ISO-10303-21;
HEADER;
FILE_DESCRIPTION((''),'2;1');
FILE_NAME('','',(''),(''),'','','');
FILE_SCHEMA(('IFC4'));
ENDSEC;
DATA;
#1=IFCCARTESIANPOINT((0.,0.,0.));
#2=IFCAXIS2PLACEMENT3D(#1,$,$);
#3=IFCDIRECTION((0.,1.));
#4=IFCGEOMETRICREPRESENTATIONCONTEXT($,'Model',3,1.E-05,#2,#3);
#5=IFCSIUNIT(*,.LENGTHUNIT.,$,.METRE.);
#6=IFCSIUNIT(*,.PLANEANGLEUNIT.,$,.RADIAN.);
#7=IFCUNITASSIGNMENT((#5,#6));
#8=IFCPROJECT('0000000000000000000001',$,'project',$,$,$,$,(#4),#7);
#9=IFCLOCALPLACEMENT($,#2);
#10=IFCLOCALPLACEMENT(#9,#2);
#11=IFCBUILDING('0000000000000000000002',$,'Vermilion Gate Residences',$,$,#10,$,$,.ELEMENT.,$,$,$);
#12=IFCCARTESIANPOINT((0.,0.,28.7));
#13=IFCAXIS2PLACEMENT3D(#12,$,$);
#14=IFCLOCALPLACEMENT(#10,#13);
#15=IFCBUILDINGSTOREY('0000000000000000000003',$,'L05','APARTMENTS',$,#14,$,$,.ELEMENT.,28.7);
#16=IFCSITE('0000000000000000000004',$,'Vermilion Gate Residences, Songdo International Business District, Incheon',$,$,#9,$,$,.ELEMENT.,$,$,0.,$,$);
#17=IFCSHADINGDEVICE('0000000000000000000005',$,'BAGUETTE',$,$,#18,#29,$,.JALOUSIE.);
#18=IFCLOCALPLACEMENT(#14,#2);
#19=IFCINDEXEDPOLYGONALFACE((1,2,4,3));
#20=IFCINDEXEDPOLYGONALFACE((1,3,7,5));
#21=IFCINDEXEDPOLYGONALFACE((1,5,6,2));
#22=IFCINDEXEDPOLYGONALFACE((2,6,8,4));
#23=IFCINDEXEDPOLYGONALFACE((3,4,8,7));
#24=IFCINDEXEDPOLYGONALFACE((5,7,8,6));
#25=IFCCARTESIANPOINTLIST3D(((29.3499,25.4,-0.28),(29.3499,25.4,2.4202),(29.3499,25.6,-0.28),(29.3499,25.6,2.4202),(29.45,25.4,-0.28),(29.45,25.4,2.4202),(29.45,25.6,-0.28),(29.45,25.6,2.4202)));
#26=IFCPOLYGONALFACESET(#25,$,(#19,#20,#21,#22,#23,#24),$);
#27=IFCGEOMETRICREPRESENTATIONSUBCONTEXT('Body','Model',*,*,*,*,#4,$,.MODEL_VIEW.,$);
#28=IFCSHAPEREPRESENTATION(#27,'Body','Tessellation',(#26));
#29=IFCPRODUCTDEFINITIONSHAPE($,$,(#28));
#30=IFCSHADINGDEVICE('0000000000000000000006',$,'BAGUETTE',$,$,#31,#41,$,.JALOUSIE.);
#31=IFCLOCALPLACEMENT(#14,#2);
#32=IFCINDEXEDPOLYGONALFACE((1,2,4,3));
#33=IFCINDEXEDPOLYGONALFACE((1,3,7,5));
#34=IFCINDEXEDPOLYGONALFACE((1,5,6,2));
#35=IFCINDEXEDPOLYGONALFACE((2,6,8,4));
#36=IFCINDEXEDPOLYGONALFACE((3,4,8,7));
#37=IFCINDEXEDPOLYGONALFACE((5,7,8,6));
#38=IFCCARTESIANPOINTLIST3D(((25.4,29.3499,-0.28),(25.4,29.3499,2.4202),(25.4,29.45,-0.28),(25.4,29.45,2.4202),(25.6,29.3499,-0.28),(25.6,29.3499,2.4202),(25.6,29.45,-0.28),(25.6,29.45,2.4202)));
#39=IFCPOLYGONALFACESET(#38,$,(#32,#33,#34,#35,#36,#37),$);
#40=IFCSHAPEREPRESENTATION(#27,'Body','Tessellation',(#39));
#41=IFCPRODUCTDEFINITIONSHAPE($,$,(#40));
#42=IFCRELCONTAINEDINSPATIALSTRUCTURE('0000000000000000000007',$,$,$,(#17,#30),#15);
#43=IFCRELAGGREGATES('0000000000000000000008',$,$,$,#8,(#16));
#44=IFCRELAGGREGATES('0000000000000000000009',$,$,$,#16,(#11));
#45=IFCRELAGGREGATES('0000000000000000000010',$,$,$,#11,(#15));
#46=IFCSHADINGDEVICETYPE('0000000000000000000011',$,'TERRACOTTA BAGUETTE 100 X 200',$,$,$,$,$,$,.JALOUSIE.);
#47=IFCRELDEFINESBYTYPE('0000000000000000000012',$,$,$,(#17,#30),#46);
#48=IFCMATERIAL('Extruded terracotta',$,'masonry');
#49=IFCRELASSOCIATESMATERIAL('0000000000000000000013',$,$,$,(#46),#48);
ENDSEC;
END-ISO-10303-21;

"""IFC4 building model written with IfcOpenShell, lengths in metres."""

from ifc_helpers import new_model, si_unit, direction, frame, origin, origin_2d, place, context, subcontext, project, spatial, rectangle, extrude, material, material_profile, profile_set, type_object, element, save


model = new_model("IFC4")

# Units and contexts
model_context = context("Model", 3, precision=1e-05, world=origin(), true_north=direction((0.0, 1.0)))
body_context = subcontext(model_context, "Body", "Model", "MODEL_VIEW")
ifc_project = project(units=[si_unit("LENGTHUNIT", "METRE"), si_unit("PLANEANGLEUNIT", "RADIAN")], contexts=[model_context])

# Site, building, storey
site_placement = place(None, origin())
site = spatial("IfcSite", under=ifc_project, at=site_placement, Name="Vermilion Gate Residences, Songdo International Business District, Incheon", CompositionType="ELEMENT", RefElevation=0.0)
building_placement = place(site_placement, origin())
building = spatial("IfcBuilding", under=site, at=building_placement, Name="Vermilion Gate Residences", CompositionType="ELEMENT")
storey_placement = place(building_placement, frame((0.0, 0.0, 28.7)))
storey = spatial("IfcBuildingStorey", under=building, at=storey_placement, Name="L05", Description="APARTMENTS", CompositionType="ELEMENT", Elevation=28.7)

# Shading devices
ifc_material_1 = material(Name="Extruded terracotta", Category="masonry")
ifc_material_profile_1 = material_profile(ifc_material_1, rectangle(XDim=0.2, YDim=0.1001, at=origin_2d()), Name="BAGUETTE 100 X 200")
ifc_profile_set_1 = profile_set([ifc_material_profile_1], Name="Extruded terracotta")
shading_device_type_1 = type_object("IfcShadingDeviceType", Name="TERRACOTTA BAGUETTE 100 X 200", PredefinedType="JALOUSIE", material=ifc_profile_set_1)
for number, where, z_axis, x_axis, name in (
    (1, (29.3999, 25.5, -0.28), (0.0, 0.0, 1.0), (0.0, -1.0, 0.0), "BAGUETTE"),
    (2, (25.5, 29.3999, -0.28), (0.0, 0.0, 1.0), (-1.0, 0.0, 0.0), "BAGUETTE"),
):
    element("IfcShadingDevice", number, at=place(storey_placement, frame(where, z_axis=z_axis, x_axis=x_axis)), inside=storey, type_object=shading_device_type_1, Name=name, PredefinedType="JALOUSIE", context=body_context, shape_type="SweptSolid", body=[
        extrude(rectangle(XDim=0.2, YDim=0.1001, at=origin_2d()), origin(), (0.0, 0.0, 1.0), 2.7002),
    ])

save(model, "model.ifc")
